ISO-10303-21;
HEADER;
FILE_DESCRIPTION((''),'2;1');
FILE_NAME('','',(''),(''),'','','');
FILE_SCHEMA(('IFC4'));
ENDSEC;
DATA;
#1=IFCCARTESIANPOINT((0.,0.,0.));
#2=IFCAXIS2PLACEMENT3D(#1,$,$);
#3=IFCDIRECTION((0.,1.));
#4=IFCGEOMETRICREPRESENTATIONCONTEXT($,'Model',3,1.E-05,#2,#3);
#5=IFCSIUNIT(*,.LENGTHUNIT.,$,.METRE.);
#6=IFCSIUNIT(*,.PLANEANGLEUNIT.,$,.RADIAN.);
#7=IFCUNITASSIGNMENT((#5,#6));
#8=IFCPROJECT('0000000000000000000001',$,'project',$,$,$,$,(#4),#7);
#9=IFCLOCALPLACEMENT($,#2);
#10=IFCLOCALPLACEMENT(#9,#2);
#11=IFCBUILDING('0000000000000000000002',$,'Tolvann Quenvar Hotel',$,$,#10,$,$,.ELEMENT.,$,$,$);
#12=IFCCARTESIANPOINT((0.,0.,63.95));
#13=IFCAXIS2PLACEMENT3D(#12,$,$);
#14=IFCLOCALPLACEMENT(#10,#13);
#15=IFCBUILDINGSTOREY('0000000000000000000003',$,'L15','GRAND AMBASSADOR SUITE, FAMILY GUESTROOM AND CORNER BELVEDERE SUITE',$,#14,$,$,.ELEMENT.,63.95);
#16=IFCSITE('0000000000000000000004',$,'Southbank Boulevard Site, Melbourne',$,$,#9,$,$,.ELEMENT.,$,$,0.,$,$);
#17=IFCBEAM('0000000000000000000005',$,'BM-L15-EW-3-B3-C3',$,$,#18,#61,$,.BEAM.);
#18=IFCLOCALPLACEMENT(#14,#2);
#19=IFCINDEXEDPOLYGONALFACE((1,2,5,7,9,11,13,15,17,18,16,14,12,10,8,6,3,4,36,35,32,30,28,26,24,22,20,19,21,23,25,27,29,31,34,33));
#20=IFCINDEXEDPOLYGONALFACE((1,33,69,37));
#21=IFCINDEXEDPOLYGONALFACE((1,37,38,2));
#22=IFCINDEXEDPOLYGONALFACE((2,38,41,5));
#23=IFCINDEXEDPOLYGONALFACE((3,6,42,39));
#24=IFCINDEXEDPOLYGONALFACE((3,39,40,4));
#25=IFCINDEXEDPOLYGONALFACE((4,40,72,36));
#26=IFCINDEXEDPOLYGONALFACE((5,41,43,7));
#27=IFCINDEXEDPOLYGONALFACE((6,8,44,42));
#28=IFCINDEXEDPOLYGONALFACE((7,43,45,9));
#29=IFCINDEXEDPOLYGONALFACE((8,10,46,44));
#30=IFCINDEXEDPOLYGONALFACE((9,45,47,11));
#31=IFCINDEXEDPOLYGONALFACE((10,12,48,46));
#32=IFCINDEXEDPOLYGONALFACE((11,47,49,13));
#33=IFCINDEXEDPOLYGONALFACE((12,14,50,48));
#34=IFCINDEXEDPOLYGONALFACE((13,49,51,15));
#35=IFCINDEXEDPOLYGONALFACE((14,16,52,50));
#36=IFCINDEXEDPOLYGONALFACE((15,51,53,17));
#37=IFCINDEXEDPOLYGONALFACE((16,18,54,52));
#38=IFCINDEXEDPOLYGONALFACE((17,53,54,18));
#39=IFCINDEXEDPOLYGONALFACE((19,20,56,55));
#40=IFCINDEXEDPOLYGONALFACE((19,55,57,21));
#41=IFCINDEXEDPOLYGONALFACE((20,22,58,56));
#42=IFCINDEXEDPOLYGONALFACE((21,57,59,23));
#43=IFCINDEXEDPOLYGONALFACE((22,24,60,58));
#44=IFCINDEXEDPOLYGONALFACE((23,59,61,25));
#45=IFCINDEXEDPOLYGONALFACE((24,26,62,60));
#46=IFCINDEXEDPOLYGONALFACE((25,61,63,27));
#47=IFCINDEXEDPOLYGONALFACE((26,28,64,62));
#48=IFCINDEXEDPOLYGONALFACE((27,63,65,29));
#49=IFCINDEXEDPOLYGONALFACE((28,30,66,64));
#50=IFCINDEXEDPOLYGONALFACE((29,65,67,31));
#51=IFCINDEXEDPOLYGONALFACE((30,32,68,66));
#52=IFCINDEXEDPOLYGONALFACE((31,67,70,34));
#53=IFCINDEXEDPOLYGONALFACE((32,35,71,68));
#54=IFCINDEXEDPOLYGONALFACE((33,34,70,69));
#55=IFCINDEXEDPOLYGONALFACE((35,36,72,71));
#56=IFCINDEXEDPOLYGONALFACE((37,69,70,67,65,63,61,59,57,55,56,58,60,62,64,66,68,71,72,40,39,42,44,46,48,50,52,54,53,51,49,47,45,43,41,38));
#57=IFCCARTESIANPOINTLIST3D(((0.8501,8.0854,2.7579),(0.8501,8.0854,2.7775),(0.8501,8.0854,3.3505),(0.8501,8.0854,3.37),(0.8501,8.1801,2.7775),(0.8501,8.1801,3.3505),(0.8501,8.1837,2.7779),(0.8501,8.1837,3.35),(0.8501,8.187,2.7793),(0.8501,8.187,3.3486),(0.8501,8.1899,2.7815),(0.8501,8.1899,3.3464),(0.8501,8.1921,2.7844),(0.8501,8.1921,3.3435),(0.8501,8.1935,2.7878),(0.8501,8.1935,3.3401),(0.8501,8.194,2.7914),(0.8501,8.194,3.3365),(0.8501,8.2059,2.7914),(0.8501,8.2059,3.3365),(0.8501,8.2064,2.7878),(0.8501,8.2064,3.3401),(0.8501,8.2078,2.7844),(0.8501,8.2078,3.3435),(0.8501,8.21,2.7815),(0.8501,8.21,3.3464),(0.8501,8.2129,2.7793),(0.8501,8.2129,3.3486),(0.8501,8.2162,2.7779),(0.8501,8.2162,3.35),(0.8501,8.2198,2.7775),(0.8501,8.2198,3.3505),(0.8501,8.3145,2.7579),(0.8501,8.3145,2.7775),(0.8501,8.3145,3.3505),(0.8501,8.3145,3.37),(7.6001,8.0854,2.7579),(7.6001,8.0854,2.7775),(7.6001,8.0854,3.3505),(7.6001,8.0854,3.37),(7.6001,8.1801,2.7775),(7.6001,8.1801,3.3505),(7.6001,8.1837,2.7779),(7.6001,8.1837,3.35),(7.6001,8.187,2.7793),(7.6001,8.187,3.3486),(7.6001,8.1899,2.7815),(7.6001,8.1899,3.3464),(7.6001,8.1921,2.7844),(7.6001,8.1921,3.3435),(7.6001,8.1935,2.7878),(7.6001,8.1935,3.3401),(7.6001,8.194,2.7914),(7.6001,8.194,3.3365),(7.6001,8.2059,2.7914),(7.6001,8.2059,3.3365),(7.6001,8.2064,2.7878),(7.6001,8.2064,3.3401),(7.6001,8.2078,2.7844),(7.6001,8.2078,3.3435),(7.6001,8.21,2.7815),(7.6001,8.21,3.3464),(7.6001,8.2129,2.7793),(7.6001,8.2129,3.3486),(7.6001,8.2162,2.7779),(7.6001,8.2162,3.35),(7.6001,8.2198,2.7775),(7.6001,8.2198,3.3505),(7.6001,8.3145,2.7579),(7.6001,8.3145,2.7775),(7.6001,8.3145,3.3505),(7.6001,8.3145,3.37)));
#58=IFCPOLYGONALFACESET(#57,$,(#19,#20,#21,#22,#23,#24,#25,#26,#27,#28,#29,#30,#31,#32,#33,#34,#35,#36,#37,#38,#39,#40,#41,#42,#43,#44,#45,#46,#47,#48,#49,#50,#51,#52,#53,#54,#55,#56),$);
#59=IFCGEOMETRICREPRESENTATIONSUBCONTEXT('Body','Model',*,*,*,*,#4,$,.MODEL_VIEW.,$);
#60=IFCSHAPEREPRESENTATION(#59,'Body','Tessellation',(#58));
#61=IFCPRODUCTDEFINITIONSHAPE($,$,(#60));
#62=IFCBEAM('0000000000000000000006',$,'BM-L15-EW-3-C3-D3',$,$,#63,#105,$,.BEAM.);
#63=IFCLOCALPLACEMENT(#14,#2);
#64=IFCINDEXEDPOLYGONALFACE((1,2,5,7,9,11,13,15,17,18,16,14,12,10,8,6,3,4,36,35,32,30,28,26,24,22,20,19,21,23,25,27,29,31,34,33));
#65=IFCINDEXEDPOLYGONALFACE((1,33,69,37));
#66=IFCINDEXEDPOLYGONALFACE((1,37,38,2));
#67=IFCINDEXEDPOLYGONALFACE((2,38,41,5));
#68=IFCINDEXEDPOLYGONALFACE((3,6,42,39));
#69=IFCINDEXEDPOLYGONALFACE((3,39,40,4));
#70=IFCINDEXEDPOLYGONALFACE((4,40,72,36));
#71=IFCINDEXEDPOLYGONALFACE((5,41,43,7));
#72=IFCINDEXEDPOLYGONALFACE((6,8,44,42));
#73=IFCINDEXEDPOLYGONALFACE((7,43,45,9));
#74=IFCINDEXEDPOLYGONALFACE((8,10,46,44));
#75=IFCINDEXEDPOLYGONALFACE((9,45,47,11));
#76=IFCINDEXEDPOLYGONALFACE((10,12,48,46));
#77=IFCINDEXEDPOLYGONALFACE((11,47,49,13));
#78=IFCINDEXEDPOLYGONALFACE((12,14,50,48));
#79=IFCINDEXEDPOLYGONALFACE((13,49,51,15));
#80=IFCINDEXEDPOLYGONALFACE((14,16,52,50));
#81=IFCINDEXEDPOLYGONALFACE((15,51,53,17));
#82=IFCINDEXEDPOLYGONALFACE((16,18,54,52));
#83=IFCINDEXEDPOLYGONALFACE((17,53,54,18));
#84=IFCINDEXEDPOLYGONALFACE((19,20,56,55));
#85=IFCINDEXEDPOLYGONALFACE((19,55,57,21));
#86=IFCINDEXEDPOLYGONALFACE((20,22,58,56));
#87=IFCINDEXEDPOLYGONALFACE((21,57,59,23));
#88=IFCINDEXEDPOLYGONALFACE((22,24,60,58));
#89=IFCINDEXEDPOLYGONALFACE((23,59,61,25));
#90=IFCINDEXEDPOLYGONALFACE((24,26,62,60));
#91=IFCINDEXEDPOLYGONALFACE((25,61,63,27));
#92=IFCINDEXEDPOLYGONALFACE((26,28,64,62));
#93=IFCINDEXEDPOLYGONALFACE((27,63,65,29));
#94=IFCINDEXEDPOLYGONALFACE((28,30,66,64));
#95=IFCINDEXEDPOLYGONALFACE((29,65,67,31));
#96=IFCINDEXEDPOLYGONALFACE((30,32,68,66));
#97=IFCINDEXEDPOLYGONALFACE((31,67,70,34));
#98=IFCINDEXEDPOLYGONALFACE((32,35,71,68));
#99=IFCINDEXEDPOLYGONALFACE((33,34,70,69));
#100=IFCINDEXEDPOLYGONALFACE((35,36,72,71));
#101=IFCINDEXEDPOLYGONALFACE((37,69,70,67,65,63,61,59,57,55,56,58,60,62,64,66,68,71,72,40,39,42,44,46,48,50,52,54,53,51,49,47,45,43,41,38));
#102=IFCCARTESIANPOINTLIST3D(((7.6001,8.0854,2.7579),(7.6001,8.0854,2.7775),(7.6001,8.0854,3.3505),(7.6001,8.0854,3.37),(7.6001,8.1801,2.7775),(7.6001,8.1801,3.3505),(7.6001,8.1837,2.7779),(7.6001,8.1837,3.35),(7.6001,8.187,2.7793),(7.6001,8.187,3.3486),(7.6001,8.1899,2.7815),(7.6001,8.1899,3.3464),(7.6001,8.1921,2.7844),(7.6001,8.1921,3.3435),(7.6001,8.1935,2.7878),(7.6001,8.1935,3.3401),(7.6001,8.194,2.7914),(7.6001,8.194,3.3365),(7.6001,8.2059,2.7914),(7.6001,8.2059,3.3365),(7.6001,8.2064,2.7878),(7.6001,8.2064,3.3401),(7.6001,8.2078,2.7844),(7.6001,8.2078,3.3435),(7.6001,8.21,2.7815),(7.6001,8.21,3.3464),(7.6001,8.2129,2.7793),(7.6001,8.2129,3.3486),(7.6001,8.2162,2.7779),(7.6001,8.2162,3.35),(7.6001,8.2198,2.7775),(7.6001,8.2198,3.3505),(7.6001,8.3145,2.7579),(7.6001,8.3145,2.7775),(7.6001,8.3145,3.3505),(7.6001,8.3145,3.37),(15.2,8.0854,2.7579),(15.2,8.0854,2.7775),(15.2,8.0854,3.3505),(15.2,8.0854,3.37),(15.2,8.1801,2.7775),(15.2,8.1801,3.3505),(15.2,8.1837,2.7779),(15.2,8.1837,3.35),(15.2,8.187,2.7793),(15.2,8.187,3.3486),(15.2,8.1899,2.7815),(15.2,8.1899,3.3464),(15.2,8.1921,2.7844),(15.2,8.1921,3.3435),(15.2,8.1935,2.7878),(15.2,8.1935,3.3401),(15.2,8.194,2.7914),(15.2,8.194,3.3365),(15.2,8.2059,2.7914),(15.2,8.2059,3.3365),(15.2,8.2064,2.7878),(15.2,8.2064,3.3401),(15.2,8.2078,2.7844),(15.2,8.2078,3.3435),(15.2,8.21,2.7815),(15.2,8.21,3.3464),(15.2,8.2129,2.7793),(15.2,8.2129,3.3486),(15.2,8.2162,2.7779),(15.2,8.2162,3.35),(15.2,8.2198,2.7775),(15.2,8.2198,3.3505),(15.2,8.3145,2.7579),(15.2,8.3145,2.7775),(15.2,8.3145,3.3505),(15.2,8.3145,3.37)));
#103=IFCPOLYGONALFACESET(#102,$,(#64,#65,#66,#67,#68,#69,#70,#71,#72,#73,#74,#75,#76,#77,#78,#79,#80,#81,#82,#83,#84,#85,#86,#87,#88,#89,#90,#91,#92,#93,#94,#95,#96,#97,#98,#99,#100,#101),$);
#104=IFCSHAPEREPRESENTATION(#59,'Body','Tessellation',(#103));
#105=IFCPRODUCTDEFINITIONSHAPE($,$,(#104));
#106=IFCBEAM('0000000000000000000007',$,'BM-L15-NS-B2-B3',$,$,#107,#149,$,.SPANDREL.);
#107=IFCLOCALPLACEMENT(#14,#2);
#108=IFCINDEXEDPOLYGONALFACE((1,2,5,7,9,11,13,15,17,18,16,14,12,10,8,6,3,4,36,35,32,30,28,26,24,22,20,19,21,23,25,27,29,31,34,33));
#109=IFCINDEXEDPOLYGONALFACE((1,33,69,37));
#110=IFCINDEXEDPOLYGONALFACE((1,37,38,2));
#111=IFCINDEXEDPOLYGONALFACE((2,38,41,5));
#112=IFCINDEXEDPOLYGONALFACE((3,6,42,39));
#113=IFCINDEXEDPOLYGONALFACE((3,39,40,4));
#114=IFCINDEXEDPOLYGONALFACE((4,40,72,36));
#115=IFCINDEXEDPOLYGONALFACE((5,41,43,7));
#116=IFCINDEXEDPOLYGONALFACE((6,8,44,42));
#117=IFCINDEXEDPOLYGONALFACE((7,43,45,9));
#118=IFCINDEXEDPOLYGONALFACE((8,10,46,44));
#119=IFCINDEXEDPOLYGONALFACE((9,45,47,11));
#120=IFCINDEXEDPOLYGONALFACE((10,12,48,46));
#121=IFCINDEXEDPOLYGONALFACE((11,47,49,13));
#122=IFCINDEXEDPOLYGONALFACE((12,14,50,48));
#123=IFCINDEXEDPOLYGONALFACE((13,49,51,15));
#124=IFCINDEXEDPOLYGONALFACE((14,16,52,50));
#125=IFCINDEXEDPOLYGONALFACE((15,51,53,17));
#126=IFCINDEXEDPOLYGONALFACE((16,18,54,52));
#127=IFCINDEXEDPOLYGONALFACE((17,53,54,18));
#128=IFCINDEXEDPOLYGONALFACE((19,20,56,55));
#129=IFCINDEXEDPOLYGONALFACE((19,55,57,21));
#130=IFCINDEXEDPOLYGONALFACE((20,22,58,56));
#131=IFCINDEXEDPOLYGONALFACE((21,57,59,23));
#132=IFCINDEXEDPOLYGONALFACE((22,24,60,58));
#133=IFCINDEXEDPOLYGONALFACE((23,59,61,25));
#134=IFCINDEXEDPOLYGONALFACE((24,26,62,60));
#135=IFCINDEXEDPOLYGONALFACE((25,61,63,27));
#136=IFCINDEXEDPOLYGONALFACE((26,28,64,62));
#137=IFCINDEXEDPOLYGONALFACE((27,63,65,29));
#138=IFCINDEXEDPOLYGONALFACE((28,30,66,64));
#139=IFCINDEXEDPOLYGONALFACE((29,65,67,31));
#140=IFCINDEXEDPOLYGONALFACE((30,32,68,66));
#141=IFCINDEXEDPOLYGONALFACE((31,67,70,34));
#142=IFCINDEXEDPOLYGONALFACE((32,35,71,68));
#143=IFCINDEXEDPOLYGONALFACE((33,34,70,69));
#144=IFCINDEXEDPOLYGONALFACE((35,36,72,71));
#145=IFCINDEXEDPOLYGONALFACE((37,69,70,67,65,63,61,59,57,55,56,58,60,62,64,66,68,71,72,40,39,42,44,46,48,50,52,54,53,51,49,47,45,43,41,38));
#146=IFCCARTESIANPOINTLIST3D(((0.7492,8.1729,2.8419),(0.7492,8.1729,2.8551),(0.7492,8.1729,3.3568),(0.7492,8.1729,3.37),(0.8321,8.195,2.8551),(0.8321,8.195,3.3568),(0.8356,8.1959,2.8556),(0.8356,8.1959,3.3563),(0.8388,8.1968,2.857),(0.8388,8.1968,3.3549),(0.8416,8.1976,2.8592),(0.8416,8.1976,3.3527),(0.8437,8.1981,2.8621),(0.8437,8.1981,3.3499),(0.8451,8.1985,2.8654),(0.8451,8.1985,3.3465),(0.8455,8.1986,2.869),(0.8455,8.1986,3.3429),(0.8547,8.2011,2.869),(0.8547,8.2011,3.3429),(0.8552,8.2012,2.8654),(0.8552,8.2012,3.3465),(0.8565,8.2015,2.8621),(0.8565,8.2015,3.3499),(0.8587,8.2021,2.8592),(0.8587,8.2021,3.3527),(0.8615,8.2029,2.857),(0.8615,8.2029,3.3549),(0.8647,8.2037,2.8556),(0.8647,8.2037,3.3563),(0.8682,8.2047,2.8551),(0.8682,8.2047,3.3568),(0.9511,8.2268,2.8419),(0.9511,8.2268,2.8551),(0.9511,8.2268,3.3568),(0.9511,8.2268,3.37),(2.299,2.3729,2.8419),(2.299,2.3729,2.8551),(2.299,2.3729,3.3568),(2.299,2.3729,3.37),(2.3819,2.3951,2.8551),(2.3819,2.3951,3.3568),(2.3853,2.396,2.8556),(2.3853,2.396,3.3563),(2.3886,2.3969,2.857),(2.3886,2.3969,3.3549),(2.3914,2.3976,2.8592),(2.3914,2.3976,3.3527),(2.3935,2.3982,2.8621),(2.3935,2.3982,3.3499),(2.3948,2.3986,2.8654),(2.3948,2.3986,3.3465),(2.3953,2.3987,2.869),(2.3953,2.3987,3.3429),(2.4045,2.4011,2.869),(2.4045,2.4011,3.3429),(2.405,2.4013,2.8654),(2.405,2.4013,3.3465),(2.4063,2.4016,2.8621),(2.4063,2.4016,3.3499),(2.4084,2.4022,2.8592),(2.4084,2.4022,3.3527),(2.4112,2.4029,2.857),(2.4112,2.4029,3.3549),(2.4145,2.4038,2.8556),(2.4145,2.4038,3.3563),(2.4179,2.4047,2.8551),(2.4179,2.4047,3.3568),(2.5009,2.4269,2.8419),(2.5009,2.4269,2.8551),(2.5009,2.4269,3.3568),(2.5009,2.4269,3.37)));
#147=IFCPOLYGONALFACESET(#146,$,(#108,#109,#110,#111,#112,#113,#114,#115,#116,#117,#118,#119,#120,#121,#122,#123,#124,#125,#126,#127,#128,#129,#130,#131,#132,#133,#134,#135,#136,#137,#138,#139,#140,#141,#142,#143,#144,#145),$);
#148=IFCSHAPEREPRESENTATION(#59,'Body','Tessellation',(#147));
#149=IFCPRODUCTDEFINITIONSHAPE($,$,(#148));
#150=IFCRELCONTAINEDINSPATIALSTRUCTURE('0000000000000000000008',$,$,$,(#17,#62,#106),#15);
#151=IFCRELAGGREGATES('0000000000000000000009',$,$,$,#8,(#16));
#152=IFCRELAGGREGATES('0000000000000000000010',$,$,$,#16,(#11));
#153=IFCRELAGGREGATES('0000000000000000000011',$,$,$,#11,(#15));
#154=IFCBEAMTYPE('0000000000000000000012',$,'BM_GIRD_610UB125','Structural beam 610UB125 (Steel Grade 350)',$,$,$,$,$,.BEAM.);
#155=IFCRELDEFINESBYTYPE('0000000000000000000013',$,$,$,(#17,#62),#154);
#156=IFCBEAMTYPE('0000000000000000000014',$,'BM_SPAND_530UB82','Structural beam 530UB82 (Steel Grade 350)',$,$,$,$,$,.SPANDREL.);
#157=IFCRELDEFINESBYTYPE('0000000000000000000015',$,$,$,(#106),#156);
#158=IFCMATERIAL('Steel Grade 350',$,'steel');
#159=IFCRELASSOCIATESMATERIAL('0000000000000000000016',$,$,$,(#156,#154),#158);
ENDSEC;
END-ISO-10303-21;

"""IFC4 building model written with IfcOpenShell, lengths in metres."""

from ifc_helpers import new_model, si_unit, direction, frame, origin, origin_2d, place, context, subcontext, project, spatial, i_section, extrude, source, transform, mapped, material, material_profile, profile_set, type_object, type_shapes, element, save


model = new_model("IFC4")

# Units and contexts
model_context = context("Model", 3, precision=1e-05, world=origin(), true_north=direction((0.0, 1.0)))
body_context = subcontext(model_context, "Body", "Model", "MODEL_VIEW")
ifc_project = project(units=[si_unit("LENGTHUNIT", "METRE"), si_unit("PLANEANGLEUNIT", "RADIAN")], contexts=[model_context])

# Site, building, storey
site_placement = place(None, origin())
site = spatial("IfcSite", under=ifc_project, at=site_placement, Name="Southbank Boulevard Site, Melbourne", CompositionType="ELEMENT", RefElevation=0.0)
building_placement = place(site_placement, origin())
building = spatial("IfcBuilding", under=site, at=building_placement, Name="Tolvann Quenvar Hotel", CompositionType="ELEMENT")
storey_placement = place(building_placement, frame((0.0, 0.0, 63.95)))
storey = spatial("IfcBuildingStorey", under=building, at=storey_placement, Name="L15", Description="GRAND AMBASSADOR SUITE, FAMILY GUESTROOM AND CORNER BELVEDERE SUITE", CompositionType="ELEMENT", Elevation=63.95)

# Shared definitions
ifc_material_1 = material(Name="Steel Grade 350", Category="steel")

# Beams
ifc_material_profile_1 = material_profile(ifc_material_1, i_section(OverallWidth=0.209, OverallDepth=0.5281, WebThickness=0.0095, FlangeThickness=0.0132, FilletRadius=0.0139, at=origin_2d()), Name="530UB82")
ifc_profile_set_1 = profile_set([ifc_material_profile_1], Name="Steel Grade 350")
beam_type_1 = type_object("IfcBeamType", Name="BM_SPAND_530UB82", Description="Structural beam 530UB82 (Steel Grade 350)", PredefinedType="SPANDREL", material=ifc_profile_set_1)
ifc_material_profile_2 = material_profile(ifc_material_1, i_section(OverallWidth=0.229, OverallDepth=0.6121, WebThickness=0.012, FlangeThickness=0.0195, FilletRadius=0.0139, at=origin_2d()), Name="610UB125")
ifc_profile_set_2 = profile_set([ifc_material_profile_2], Name="Steel Grade 350")
beam_type_2 = type_object("IfcBeamType", Name="BM_GIRD_610UB125", Description="Structural beam 610UB125 (Steel Grade 350)", PredefinedType="BEAM", material=ifc_profile_set_2)
shared_shape_1 = source(origin(), body_context, "Body", "SweptSolid", [
    extrude(i_section(OverallWidth=0.229, OverallDepth=0.6121, WebThickness=0.012, FlangeThickness=0.0195, FilletRadius=0.0139, at=origin_2d()), origin(), (0.0, 0.0, 1.0), 6.75),
])
beam_1_placement = place(storey_placement, frame((0.8501, 8.2, 3.064), z_axis=(1.0, 0.0, 0.0), x_axis=(0.0, 1.0, 0.0)))
element("IfcBeam", 1, at=beam_1_placement, inside=storey, type_object=beam_type_2, Name="BM-L15-EW-3-B3-C3", PredefinedType="BEAM", context=body_context, shape_type="MappedRepresentation", body=[
    mapped(shared_shape_1, transform((0.0, 0.0, 0.0), x_axis=(1.0, 0.0, 0.0), y_axis=(0.0, 1.0, 0.0), z_axis=(0.0, 0.0, 1.0), scale=1.0)),
])
shared_shape_2 = source(origin(), body_context, "Body", "SweptSolid", [
    extrude(i_section(OverallWidth=0.229, OverallDepth=0.6121, WebThickness=0.012, FlangeThickness=0.0195, FilletRadius=0.0139, at=origin_2d()), origin(), (0.0, 0.0, 1.0), 7.5999),
])
type_shapes(beam_type_2, [shared_shape_1, shared_shape_2])
beam_2_placement = place(storey_placement, frame((7.6001, 8.2, 3.064), z_axis=(1.0, 0.0, 0.0), x_axis=(0.0, 1.0, 0.0)))
element("IfcBeam", 2, at=beam_2_placement, inside=storey, type_object=beam_type_2, Name="BM-L15-EW-3-C3-D3", PredefinedType="BEAM", context=body_context, shape_type="MappedRepresentation", body=[
    mapped(shared_shape_2, transform((0.0, 0.0, 0.0), x_axis=(1.0, 0.0, 0.0), y_axis=(0.0, 1.0, 0.0), z_axis=(0.0, 0.0, 1.0), scale=1.0)),
])
shared_shape_3 = source(origin(), body_context, "Body", "SweptSolid", [
    extrude(i_section(OverallWidth=0.209, OverallDepth=0.5281, WebThickness=0.0095, FlangeThickness=0.0132, FilletRadius=0.0139, at=origin_2d()), origin(), (0.0, 0.0, 1.0), 6.0034),
])
beam_3_placement = place(storey_placement, frame((2.3999, 2.3999, 3.106), z_axis=(-0.258149, 0.966105, 0.0), x_axis=(-0.966105, -0.258149, 0.0)))
element("IfcBeam", 3, at=beam_3_placement, inside=storey, type_object=beam_type_1, Name="BM-L15-NS-B2-B3", PredefinedType="SPANDREL", context=body_context, shape_type="MappedRepresentation", body=[
    mapped(shared_shape_3, transform((0.0, 0.0, 0.0), x_axis=(1.0, 0.0, 0.0), y_axis=(0.0, 1.0, 0.0), z_axis=(0.0, 0.0, 1.0), scale=1.0)),
])

save(model, "model.ifc")
